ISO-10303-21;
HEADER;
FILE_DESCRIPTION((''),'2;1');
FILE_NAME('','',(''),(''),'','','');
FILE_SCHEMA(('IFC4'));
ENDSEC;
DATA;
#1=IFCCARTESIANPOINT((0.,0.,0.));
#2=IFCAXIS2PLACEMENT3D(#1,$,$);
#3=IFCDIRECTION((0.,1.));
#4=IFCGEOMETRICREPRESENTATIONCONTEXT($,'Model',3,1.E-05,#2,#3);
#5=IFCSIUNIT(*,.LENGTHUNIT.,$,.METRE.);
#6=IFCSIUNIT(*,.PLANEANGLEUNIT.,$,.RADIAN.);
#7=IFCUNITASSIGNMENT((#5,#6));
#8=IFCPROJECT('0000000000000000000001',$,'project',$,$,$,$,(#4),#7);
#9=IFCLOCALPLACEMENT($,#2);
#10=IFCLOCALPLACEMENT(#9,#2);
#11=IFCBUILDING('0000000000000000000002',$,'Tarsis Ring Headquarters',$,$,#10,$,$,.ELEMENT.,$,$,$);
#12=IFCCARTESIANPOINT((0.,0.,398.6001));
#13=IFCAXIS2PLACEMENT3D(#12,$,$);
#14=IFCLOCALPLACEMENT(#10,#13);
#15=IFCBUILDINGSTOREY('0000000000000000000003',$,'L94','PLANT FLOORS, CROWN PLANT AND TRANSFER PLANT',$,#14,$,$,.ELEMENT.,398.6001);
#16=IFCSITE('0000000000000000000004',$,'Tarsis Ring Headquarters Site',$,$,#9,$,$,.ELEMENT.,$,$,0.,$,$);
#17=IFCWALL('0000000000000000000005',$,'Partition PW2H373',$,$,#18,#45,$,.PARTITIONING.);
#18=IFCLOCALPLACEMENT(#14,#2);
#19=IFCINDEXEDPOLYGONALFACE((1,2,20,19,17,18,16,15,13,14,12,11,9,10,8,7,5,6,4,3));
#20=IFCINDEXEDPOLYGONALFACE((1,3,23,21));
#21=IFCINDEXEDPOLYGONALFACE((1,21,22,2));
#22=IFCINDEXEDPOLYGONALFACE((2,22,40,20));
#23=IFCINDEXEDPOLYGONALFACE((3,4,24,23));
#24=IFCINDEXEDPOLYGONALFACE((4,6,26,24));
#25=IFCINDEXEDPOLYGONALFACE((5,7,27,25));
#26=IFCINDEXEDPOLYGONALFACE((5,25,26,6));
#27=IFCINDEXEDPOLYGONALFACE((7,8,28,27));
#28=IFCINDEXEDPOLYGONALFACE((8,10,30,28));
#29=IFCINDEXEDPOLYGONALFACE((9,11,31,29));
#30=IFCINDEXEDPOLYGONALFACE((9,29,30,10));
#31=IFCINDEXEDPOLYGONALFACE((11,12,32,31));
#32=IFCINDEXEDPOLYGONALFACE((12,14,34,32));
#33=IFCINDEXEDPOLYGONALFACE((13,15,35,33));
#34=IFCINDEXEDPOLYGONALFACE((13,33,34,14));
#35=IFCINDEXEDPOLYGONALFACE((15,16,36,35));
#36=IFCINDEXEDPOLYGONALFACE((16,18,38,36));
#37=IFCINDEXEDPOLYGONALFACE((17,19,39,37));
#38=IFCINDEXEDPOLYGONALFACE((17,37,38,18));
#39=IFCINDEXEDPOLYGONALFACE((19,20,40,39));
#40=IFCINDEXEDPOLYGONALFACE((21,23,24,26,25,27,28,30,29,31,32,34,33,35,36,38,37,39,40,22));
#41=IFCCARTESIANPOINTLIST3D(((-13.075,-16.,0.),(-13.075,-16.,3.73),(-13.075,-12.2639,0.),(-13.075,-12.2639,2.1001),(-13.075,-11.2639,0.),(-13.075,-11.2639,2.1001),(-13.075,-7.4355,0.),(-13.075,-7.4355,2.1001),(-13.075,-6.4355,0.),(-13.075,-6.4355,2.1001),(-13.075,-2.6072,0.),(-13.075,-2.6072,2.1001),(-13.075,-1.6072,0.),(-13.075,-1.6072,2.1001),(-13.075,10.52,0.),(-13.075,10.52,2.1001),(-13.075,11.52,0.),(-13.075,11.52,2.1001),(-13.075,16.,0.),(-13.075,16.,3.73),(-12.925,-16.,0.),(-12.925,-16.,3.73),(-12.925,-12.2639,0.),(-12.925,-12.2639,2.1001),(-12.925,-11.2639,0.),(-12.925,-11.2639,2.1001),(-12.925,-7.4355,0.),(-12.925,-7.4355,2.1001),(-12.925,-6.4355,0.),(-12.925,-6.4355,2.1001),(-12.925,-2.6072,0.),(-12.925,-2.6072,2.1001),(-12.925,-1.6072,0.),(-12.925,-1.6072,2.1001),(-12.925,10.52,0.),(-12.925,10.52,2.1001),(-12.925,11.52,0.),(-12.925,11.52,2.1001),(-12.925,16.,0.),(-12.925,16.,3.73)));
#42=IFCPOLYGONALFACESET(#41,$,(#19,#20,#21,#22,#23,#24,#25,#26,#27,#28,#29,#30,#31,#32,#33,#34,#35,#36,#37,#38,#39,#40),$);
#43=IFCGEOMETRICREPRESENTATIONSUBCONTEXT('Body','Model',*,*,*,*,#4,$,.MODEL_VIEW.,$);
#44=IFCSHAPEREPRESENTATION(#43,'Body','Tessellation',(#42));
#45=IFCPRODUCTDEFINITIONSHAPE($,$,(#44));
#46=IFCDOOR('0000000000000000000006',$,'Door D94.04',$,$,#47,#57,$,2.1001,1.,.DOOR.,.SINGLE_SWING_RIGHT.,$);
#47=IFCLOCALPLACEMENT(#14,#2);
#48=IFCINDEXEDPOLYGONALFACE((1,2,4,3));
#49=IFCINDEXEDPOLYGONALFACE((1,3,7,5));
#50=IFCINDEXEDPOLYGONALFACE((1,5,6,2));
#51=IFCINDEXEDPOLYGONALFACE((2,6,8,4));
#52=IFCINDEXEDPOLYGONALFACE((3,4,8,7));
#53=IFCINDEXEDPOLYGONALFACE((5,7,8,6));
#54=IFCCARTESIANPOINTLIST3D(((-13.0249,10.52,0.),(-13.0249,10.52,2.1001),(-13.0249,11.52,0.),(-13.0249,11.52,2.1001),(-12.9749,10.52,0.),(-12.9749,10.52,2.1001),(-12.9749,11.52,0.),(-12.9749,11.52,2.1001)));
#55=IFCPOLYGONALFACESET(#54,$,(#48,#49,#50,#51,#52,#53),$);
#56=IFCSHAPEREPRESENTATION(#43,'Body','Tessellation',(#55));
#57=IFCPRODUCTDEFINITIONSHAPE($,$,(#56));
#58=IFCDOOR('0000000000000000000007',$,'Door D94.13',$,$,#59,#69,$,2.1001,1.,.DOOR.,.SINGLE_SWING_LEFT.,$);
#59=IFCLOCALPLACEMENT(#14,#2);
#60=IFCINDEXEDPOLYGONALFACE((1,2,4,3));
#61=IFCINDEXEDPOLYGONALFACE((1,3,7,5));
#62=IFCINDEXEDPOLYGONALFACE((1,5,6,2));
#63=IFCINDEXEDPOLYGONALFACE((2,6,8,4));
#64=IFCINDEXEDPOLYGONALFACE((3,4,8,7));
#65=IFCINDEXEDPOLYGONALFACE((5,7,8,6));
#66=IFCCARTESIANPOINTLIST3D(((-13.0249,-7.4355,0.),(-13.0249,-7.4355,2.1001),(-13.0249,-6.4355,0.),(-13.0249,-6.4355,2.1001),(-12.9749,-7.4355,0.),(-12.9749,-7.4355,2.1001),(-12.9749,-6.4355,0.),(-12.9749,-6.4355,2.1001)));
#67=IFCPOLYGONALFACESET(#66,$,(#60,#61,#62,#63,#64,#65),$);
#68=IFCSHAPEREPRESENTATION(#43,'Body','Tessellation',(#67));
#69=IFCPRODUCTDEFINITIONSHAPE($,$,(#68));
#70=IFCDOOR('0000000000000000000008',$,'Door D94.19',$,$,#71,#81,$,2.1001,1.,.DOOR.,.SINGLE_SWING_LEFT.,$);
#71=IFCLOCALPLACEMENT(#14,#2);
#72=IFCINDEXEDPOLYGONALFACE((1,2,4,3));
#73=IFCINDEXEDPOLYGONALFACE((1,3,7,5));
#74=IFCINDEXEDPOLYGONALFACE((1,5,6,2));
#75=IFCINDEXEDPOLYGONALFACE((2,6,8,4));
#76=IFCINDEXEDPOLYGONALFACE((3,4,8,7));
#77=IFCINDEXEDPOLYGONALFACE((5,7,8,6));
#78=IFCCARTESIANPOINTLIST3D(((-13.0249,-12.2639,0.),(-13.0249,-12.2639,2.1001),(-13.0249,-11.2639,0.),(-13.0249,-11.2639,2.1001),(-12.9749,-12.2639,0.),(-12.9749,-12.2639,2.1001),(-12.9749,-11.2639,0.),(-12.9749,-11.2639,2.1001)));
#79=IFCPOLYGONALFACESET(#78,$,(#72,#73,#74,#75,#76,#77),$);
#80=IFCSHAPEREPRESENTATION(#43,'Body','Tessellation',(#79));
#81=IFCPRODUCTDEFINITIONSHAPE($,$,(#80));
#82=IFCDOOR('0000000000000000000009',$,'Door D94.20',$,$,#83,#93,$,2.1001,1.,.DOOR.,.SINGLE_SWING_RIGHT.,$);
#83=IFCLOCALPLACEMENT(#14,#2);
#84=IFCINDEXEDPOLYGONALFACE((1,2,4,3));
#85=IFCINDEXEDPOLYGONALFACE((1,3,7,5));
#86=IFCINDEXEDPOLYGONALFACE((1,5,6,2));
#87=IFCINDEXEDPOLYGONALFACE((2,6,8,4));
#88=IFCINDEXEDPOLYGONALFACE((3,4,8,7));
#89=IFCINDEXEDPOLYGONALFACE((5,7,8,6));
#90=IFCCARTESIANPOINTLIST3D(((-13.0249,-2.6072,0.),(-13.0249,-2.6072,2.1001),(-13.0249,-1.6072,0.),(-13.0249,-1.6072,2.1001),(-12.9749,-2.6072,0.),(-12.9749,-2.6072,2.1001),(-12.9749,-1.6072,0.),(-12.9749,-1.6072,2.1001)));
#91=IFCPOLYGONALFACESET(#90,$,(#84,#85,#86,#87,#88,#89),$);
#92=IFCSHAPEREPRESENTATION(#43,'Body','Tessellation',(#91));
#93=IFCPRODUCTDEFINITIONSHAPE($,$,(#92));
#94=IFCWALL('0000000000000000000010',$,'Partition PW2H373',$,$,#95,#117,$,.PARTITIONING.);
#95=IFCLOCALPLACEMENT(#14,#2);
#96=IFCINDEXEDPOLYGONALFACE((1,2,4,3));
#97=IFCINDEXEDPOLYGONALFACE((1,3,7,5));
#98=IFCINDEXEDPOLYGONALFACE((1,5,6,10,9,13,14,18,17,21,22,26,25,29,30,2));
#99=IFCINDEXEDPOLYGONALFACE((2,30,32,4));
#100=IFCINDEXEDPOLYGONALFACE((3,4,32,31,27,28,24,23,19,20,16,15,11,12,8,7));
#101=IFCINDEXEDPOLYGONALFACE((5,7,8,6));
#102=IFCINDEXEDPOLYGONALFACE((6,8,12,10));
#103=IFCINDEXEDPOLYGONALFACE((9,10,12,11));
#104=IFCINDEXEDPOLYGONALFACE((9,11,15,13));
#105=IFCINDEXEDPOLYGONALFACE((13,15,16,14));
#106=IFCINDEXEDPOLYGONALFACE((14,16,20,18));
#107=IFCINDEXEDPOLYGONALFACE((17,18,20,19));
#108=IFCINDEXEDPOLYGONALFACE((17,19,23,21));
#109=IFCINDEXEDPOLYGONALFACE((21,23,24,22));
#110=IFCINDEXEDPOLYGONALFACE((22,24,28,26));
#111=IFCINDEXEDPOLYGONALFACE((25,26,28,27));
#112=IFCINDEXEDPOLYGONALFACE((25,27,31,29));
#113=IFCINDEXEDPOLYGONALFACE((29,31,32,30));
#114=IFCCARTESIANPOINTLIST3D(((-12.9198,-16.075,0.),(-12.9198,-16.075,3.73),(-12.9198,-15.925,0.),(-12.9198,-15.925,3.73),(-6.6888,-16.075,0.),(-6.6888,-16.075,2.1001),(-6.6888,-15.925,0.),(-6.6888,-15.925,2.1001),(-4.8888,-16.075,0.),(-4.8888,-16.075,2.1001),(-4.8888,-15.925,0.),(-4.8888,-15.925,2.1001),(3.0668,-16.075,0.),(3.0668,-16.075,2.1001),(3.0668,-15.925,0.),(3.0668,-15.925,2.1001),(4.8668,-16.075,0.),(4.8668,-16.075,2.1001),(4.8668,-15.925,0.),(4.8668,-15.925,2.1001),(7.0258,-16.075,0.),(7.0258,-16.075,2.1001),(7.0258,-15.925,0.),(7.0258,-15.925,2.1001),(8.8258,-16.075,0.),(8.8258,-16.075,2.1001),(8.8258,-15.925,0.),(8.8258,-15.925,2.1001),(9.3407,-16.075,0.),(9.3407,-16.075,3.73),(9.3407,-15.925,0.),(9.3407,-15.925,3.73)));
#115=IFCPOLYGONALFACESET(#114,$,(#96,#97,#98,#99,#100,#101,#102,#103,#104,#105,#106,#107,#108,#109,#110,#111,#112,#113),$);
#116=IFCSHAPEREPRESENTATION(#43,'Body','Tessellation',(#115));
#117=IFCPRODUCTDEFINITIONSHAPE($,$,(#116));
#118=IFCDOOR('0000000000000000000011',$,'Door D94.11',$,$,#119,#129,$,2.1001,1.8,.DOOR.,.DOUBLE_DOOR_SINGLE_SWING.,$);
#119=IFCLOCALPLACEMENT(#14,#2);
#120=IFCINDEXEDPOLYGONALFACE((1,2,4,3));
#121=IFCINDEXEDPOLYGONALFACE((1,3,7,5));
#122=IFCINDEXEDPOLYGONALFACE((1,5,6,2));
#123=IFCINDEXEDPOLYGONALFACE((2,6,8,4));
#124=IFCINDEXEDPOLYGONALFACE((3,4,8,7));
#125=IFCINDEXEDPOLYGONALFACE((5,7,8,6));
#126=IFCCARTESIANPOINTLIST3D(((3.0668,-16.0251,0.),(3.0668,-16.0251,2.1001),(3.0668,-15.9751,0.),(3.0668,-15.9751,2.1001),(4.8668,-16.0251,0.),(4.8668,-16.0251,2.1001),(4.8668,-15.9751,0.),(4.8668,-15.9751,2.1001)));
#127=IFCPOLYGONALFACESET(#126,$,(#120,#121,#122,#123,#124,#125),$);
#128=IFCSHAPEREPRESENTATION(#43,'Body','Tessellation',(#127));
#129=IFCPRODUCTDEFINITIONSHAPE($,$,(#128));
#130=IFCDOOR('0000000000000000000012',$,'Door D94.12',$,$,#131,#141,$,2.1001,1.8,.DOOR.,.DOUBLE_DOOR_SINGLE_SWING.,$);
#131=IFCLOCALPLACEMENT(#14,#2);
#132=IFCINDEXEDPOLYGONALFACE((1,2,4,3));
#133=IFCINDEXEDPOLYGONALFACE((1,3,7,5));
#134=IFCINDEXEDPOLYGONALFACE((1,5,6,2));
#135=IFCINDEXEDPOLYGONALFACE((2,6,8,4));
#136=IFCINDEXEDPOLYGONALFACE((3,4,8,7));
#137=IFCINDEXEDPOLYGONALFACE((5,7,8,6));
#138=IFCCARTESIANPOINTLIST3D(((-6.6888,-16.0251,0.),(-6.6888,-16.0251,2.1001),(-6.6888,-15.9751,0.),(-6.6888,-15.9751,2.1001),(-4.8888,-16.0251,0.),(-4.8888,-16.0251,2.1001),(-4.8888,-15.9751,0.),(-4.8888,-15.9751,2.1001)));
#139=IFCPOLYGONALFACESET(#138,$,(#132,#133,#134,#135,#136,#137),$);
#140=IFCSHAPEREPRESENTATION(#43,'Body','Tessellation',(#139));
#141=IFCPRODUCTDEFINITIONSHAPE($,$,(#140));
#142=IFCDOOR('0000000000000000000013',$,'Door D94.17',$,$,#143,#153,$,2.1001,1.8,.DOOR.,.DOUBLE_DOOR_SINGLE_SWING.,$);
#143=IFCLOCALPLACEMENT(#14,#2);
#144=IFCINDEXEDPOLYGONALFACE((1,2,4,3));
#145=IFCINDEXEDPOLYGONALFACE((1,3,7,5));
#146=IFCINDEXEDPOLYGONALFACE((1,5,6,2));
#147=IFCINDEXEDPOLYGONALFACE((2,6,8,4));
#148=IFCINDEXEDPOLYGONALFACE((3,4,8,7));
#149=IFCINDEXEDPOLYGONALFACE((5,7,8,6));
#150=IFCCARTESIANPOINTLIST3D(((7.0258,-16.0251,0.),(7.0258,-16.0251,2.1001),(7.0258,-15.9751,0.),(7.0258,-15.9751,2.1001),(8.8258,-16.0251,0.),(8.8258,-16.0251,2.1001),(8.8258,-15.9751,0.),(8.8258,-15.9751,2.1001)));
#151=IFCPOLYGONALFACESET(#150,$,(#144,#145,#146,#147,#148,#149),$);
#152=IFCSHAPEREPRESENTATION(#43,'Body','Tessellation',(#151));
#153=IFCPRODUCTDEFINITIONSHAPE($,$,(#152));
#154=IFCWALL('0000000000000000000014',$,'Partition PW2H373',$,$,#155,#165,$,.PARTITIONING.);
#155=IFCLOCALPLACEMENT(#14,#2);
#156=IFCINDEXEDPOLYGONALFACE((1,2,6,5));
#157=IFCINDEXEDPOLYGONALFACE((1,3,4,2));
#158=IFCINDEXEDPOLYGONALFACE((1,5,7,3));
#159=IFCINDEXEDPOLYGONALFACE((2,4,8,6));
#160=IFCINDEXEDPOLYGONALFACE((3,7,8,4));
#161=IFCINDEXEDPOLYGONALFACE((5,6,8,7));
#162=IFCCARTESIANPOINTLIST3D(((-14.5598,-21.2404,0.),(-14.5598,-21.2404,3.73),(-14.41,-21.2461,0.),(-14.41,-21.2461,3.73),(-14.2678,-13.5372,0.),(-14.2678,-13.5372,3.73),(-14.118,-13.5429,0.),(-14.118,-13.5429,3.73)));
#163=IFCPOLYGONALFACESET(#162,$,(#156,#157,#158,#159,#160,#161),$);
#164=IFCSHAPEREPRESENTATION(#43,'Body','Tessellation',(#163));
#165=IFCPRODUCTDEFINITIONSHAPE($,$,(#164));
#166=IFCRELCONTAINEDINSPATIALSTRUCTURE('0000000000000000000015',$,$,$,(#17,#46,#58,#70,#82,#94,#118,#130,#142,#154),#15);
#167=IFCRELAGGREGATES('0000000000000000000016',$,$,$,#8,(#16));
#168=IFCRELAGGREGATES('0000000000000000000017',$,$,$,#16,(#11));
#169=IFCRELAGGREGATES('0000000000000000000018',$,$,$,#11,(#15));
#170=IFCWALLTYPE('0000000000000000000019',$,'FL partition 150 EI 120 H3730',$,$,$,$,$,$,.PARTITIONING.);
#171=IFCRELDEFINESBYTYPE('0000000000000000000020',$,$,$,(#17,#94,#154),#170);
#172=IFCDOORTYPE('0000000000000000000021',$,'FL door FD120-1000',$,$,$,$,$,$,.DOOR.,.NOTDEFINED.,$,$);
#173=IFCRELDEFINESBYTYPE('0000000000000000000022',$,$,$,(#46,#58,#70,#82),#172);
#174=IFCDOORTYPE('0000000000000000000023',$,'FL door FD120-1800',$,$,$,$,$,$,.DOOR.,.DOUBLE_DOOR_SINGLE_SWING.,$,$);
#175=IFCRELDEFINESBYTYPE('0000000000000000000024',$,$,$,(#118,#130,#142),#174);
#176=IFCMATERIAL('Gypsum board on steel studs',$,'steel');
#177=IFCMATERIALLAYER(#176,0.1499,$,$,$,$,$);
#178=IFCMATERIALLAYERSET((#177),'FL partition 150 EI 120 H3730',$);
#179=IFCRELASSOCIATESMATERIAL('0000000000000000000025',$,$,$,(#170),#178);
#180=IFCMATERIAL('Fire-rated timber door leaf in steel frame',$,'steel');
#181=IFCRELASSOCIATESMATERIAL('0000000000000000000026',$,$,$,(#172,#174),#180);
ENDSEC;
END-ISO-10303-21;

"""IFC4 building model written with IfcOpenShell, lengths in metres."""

from ifc_helpers import new_model, si_unit, direction, frame, frame_2d, origin, place, context, subcontext, project, spatial, rectangle, extrude, material, layer, layer_set, type_object, element, fill, save


model = new_model("IFC4")

# Units and contexts
model_context = context("Model", 3, precision=1e-05, world=origin(), true_north=direction((0.0, 1.0)))
body_context = subcontext(model_context, "Body", "Model", "MODEL_VIEW")
ifc_project = project(units=[si_unit("LENGTHUNIT", "METRE"), si_unit("PLANEANGLEUNIT", "RADIAN")], contexts=[model_context])

# Site, building, storey
site_placement = place(None, origin())
site = spatial("IfcSite", under=ifc_project, at=site_placement, Name="Tarsis Ring Headquarters Site", CompositionType="ELEMENT", RefElevation=0.0)
building_placement = place(site_placement, origin())
building = spatial("IfcBuilding", under=site, at=building_placement, Name="Tarsis Ring Headquarters", CompositionType="ELEMENT")
storey_placement = place(building_placement, frame((0.0, 0.0, 398.6001)))
storey = spatial("IfcBuildingStorey", under=building, at=storey_placement, Name="L94", Description="PLANT FLOORS, CROWN PLANT AND TRANSFER PLANT", CompositionType="ELEMENT", Elevation=398.6001)

# Walls, openings, doors
ifc_material_1 = material(Name="Gypsum board on steel studs", Category="steel")
ifc_layer_1 = layer(ifc_material_1, 0.1499)
ifc_layer_set_1 = layer_set([ifc_layer_1], Name="FL partition 150 EI 120 H3730")
wall_type_1 = type_object("IfcWallType", Name="FL partition 150 EI 120 H3730", PredefinedType="PARTITIONING", material=ifc_layer_set_1)
wall_1_placement = place(storey_placement, frame((-13.0, -16.0, 0.0), z_axis=(0.0, 0.0, 1.0), x_axis=(0.0, 1.0, 0.0)))
wall_1 = element("IfcWall", 1, at=wall_1_placement, inside=storey, type_object=wall_type_1, Name="Partition PW2H373", PredefinedType="PARTITIONING", context=body_context, shape_type="SweptSolid", body=[
    extrude(rectangle(XDim=32.0, YDim=0.1499, at=frame_2d((16.0, 0.0))), origin(), (0.0, 0.0, 1.0), 3.73),
])
opening_1_placement = place(wall_1_placement, frame((26.52, 0.0, 0.0)))
opening_1 = element("IfcOpeningElement", 2, at=opening_1_placement, cuts=wall_1, PredefinedType="OPENING", context=body_context, shape_type="SweptSolid", body=[
    extrude(rectangle(XDim=1.0, YDim=2.1001, at=frame_2d((0.5, 1.05))), frame((0.0, 0.085, 0.0), z_axis=(0.0, -1.0, 0.0), x_axis=(1.0, 0.0, 0.0)), (0.0, 0.0, 1.0), 0.1699),
])
opening_2_placement = place(wall_1_placement, frame((8.5645, 0.0, 0.0)))
opening_2 = element("IfcOpeningElement", 3, at=opening_2_placement, cuts=wall_1, PredefinedType="OPENING", context=body_context, shape_type="SweptSolid", body=[
    extrude(rectangle(XDim=1.0, YDim=2.1001, at=frame_2d((0.5, 1.05))), frame((0.0, 0.085, 0.0), z_axis=(0.0, -1.0, 0.0), x_axis=(1.0, 0.0, 0.0)), (0.0, 0.0, 1.0), 0.1699),
])
opening_3_placement = place(wall_1_placement, frame((3.7361, 0.0, 0.0)))
opening_3 = element("IfcOpeningElement", 4, at=opening_3_placement, cuts=wall_1, PredefinedType="OPENING", context=body_context, shape_type="SweptSolid", body=[
    extrude(rectangle(XDim=1.0, YDim=2.1001, at=frame_2d((0.5, 1.05))), frame((0.0, 0.085, 0.0), z_axis=(0.0, -1.0, 0.0), x_axis=(1.0, 0.0, 0.0)), (0.0, 0.0, 1.0), 0.1699),
])
opening_4_placement = place(wall_1_placement, frame((13.3928, 0.0, 0.0)))
opening_4 = element("IfcOpeningElement", 5, at=opening_4_placement, cuts=wall_1, PredefinedType="OPENING", context=body_context, shape_type="SweptSolid", body=[
    extrude(rectangle(XDim=1.0, YDim=2.1001, at=frame_2d((0.5, 1.05))), frame((0.0, 0.085, 0.0), z_axis=(0.0, -1.0, 0.0), x_axis=(1.0, 0.0, 0.0)), (0.0, 0.0, 1.0), 0.1699),
])
ifc_material_2 = material(Name="Fire-rated timber door leaf in steel frame", Category="steel")
door_type_1 = type_object("IfcDoorType", Name="FL door FD120-1000", OperationType="NOTDEFINED", PredefinedType="DOOR", material=ifc_material_2)
door_1_placement = place(opening_1_placement, origin())
door_1 = element("IfcDoor", 6, at=door_1_placement, inside=storey, type_object=door_type_1, Name="Door D94.04", OperationType="SINGLE_SWING_RIGHT", OverallHeight=2.1001, OverallWidth=1.0, PredefinedType="DOOR", context=body_context, shape_type="SweptSolid", body=[
    extrude(rectangle(XDim=1.0, YDim=2.1001, at=frame_2d((0.5, 1.05))), frame((0.0, 0.0249, 0.0), z_axis=(0.0, -1.0, 0.0), x_axis=(1.0, 0.0, 0.0)), (0.0, 0.0, 1.0), 0.05),
])
fill(opening_1, door_1)
door_2_placement = place(opening_2_placement, origin())
door_2 = element("IfcDoor", 7, at=door_2_placement, inside=storey, type_object=door_type_1, Name="Door D94.13", OperationType="SINGLE_SWING_LEFT", OverallHeight=2.1001, OverallWidth=1.0, PredefinedType="DOOR", context=body_context, shape_type="SweptSolid", body=[
    extrude(rectangle(XDim=1.0, YDim=2.1001, at=frame_2d((0.5, 1.05))), frame((0.0, 0.0249, 0.0), z_axis=(0.0, -1.0, 0.0), x_axis=(1.0, 0.0, 0.0)), (0.0, 0.0, 1.0), 0.05),
])
fill(opening_2, door_2)
door_3_placement = place(opening_3_placement, origin())
door_3 = element("IfcDoor", 8, at=door_3_placement, inside=storey, type_object=door_type_1, Name="Door D94.19", OperationType="SINGLE_SWING_LEFT", OverallHeight=2.1001, OverallWidth=1.0, PredefinedType="DOOR", context=body_context, shape_type="SweptSolid", body=[
    extrude(rectangle(XDim=1.0, YDim=2.1001, at=frame_2d((0.5, 1.05))), frame((0.0, 0.0249, 0.0), z_axis=(0.0, -1.0, 0.0), x_axis=(1.0, 0.0, 0.0)), (0.0, 0.0, 1.0), 0.05),
])
fill(opening_3, door_3)
door_4_placement = place(opening_4_placement, origin())
door_4 = element("IfcDoor", 9, at=door_4_placement, inside=storey, type_object=door_type_1, Name="Door D94.20", OperationType="SINGLE_SWING_RIGHT", OverallHeight=2.1001, OverallWidth=1.0, PredefinedType="DOOR", context=body_context, shape_type="SweptSolid", body=[
    extrude(rectangle(XDim=1.0, YDim=2.1001, at=frame_2d((0.5, 1.05))), frame((0.0, 0.0249, 0.0), z_axis=(0.0, -1.0, 0.0), x_axis=(1.0, 0.0, 0.0)), (0.0, 0.0, 1.0), 0.05),
])
fill(opening_4, door_4)
wall_2_placement = place(storey_placement, frame((-12.9199, -16.0, 0.0), z_axis=(0.0, 0.0, 1.0), x_axis=(1.0, 0.0, 0.0)))
wall_2 = element("IfcWall", 10, at=wall_2_placement, inside=storey, type_object=wall_type_1, Name="Partition PW2H373", PredefinedType="PARTITIONING", context=body_context, shape_type="SweptSolid", body=[
    extrude(rectangle(XDim=22.2605, YDim=0.1499, at=frame_2d((11.1304, 0.0))), origin(), (0.0, 0.0, 1.0), 3.73),
])
opening_5_placement = place(wall_2_placement, frame((15.9868, 0.0, 0.0)))
opening_5 = element("IfcOpeningElement", 11, at=opening_5_placement, cuts=wall_2, PredefinedType="OPENING", context=body_context, shape_type="SweptSolid", body=[
    extrude(rectangle(XDim=1.8, YDim=2.1001, at=frame_2d((0.8999, 1.05))), frame((0.0, 0.085, 0.0), z_axis=(0.0, -1.0, 0.0), x_axis=(1.0, 0.0, 0.0)), (0.0, 0.0, 1.0), 0.1699),
])
opening_6_placement = place(wall_2_placement, frame((6.2312, 0.0, 0.0)))
opening_6 = element("IfcOpeningElement", 12, at=opening_6_placement, cuts=wall_2, PredefinedType="OPENING", context=body_context, shape_type="SweptSolid", body=[
    extrude(rectangle(XDim=1.8, YDim=2.1001, at=frame_2d((0.8999, 1.05))), frame((0.0, 0.085, 0.0), z_axis=(0.0, -1.0, 0.0), x_axis=(1.0, 0.0, 0.0)), (0.0, 0.0, 1.0), 0.1699),
])
opening_7_placement = place(wall_2_placement, frame((19.9458, 0.0, 0.0)))
opening_7 = element("IfcOpeningElement", 13, at=opening_7_placement, cuts=wall_2, PredefinedType="OPENING", context=body_context, shape_type="SweptSolid", body=[
    extrude(rectangle(XDim=1.8, YDim=2.1001, at=frame_2d((0.8999, 1.05))), frame((0.0, 0.085, 0.0), z_axis=(0.0, -1.0, 0.0), x_axis=(1.0, 0.0, 0.0)), (0.0, 0.0, 1.0), 0.1699),
])
door_type_2 = type_object("IfcDoorType", Name="FL door FD120-1800", OperationType="DOUBLE_DOOR_SINGLE_SWING", PredefinedType="DOOR", material=ifc_material_2)
door_5_placement = place(opening_5_placement, origin())
door_5 = element("IfcDoor", 14, at=door_5_placement, inside=storey, type_object=door_type_2, Name="Door D94.11", OperationType="DOUBLE_DOOR_SINGLE_SWING", OverallHeight=2.1001, OverallWidth=1.8, PredefinedType="DOOR", context=body_context, shape_type="SweptSolid", body=[
    extrude(rectangle(XDim=1.8, YDim=2.1001, at=frame_2d((0.8999, 1.05))), frame((0.0, 0.0249, 0.0), z_axis=(0.0, -1.0, 0.0), x_axis=(1.0, 0.0, 0.0)), (0.0, 0.0, 1.0), 0.05),
])
fill(opening_5, door_5)
door_6_placement = place(opening_6_placement, origin())
door_6 = element("IfcDoor", 15, at=door_6_placement, inside=storey, type_object=door_type_2, Name="Door D94.12", OperationType="DOUBLE_DOOR_SINGLE_SWING", OverallHeight=2.1001, OverallWidth=1.8, PredefinedType="DOOR", context=body_context, shape_type="SweptSolid", body=[
    extrude(rectangle(XDim=1.8, YDim=2.1001, at=frame_2d((0.8999, 1.05))), frame((0.0, 0.0249, 0.0), z_axis=(0.0, -1.0, 0.0), x_axis=(1.0, 0.0, 0.0)), (0.0, 0.0, 1.0), 0.05),
])
fill(opening_6, door_6)
door_7_placement = place(opening_7_placement, origin())
door_7 = element("IfcDoor", 16, at=door_7_placement, inside=storey, type_object=door_type_2, Name="Door D94.17", OperationType="DOUBLE_DOOR_SINGLE_SWING", OverallHeight=2.1001, OverallWidth=1.8, PredefinedType="DOOR", context=body_context, shape_type="SweptSolid", body=[
    extrude(rectangle(XDim=1.8, YDim=2.1001, at=frame_2d((0.8999, 1.05))), frame((0.0, 0.0249, 0.0), z_axis=(0.0, -1.0, 0.0), x_axis=(1.0, 0.0, 0.0)), (0.0, 0.0, 1.0), 0.05),
])
fill(opening_7, door_7)

# Wall
wall_3_placement = place(storey_placement, frame((-14.4849, -21.2434, 0.0), z_axis=(0.0, 0.0, 1.0), x_axis=(0.037878, 0.999282, 0.0)))
element("IfcWall", 17, at=wall_3_placement, inside=storey, type_object=wall_type_1, Name="Partition PW2H373", PredefinedType="PARTITIONING", context=body_context, shape_type="SweptSolid", body=[
    extrude(rectangle(XDim=7.7087, YDim=0.1499, at=frame_2d((3.8545, 0.0))), origin(), (0.0, 0.0, 1.0), 3.73),
])

save(model, "model.ifc")
